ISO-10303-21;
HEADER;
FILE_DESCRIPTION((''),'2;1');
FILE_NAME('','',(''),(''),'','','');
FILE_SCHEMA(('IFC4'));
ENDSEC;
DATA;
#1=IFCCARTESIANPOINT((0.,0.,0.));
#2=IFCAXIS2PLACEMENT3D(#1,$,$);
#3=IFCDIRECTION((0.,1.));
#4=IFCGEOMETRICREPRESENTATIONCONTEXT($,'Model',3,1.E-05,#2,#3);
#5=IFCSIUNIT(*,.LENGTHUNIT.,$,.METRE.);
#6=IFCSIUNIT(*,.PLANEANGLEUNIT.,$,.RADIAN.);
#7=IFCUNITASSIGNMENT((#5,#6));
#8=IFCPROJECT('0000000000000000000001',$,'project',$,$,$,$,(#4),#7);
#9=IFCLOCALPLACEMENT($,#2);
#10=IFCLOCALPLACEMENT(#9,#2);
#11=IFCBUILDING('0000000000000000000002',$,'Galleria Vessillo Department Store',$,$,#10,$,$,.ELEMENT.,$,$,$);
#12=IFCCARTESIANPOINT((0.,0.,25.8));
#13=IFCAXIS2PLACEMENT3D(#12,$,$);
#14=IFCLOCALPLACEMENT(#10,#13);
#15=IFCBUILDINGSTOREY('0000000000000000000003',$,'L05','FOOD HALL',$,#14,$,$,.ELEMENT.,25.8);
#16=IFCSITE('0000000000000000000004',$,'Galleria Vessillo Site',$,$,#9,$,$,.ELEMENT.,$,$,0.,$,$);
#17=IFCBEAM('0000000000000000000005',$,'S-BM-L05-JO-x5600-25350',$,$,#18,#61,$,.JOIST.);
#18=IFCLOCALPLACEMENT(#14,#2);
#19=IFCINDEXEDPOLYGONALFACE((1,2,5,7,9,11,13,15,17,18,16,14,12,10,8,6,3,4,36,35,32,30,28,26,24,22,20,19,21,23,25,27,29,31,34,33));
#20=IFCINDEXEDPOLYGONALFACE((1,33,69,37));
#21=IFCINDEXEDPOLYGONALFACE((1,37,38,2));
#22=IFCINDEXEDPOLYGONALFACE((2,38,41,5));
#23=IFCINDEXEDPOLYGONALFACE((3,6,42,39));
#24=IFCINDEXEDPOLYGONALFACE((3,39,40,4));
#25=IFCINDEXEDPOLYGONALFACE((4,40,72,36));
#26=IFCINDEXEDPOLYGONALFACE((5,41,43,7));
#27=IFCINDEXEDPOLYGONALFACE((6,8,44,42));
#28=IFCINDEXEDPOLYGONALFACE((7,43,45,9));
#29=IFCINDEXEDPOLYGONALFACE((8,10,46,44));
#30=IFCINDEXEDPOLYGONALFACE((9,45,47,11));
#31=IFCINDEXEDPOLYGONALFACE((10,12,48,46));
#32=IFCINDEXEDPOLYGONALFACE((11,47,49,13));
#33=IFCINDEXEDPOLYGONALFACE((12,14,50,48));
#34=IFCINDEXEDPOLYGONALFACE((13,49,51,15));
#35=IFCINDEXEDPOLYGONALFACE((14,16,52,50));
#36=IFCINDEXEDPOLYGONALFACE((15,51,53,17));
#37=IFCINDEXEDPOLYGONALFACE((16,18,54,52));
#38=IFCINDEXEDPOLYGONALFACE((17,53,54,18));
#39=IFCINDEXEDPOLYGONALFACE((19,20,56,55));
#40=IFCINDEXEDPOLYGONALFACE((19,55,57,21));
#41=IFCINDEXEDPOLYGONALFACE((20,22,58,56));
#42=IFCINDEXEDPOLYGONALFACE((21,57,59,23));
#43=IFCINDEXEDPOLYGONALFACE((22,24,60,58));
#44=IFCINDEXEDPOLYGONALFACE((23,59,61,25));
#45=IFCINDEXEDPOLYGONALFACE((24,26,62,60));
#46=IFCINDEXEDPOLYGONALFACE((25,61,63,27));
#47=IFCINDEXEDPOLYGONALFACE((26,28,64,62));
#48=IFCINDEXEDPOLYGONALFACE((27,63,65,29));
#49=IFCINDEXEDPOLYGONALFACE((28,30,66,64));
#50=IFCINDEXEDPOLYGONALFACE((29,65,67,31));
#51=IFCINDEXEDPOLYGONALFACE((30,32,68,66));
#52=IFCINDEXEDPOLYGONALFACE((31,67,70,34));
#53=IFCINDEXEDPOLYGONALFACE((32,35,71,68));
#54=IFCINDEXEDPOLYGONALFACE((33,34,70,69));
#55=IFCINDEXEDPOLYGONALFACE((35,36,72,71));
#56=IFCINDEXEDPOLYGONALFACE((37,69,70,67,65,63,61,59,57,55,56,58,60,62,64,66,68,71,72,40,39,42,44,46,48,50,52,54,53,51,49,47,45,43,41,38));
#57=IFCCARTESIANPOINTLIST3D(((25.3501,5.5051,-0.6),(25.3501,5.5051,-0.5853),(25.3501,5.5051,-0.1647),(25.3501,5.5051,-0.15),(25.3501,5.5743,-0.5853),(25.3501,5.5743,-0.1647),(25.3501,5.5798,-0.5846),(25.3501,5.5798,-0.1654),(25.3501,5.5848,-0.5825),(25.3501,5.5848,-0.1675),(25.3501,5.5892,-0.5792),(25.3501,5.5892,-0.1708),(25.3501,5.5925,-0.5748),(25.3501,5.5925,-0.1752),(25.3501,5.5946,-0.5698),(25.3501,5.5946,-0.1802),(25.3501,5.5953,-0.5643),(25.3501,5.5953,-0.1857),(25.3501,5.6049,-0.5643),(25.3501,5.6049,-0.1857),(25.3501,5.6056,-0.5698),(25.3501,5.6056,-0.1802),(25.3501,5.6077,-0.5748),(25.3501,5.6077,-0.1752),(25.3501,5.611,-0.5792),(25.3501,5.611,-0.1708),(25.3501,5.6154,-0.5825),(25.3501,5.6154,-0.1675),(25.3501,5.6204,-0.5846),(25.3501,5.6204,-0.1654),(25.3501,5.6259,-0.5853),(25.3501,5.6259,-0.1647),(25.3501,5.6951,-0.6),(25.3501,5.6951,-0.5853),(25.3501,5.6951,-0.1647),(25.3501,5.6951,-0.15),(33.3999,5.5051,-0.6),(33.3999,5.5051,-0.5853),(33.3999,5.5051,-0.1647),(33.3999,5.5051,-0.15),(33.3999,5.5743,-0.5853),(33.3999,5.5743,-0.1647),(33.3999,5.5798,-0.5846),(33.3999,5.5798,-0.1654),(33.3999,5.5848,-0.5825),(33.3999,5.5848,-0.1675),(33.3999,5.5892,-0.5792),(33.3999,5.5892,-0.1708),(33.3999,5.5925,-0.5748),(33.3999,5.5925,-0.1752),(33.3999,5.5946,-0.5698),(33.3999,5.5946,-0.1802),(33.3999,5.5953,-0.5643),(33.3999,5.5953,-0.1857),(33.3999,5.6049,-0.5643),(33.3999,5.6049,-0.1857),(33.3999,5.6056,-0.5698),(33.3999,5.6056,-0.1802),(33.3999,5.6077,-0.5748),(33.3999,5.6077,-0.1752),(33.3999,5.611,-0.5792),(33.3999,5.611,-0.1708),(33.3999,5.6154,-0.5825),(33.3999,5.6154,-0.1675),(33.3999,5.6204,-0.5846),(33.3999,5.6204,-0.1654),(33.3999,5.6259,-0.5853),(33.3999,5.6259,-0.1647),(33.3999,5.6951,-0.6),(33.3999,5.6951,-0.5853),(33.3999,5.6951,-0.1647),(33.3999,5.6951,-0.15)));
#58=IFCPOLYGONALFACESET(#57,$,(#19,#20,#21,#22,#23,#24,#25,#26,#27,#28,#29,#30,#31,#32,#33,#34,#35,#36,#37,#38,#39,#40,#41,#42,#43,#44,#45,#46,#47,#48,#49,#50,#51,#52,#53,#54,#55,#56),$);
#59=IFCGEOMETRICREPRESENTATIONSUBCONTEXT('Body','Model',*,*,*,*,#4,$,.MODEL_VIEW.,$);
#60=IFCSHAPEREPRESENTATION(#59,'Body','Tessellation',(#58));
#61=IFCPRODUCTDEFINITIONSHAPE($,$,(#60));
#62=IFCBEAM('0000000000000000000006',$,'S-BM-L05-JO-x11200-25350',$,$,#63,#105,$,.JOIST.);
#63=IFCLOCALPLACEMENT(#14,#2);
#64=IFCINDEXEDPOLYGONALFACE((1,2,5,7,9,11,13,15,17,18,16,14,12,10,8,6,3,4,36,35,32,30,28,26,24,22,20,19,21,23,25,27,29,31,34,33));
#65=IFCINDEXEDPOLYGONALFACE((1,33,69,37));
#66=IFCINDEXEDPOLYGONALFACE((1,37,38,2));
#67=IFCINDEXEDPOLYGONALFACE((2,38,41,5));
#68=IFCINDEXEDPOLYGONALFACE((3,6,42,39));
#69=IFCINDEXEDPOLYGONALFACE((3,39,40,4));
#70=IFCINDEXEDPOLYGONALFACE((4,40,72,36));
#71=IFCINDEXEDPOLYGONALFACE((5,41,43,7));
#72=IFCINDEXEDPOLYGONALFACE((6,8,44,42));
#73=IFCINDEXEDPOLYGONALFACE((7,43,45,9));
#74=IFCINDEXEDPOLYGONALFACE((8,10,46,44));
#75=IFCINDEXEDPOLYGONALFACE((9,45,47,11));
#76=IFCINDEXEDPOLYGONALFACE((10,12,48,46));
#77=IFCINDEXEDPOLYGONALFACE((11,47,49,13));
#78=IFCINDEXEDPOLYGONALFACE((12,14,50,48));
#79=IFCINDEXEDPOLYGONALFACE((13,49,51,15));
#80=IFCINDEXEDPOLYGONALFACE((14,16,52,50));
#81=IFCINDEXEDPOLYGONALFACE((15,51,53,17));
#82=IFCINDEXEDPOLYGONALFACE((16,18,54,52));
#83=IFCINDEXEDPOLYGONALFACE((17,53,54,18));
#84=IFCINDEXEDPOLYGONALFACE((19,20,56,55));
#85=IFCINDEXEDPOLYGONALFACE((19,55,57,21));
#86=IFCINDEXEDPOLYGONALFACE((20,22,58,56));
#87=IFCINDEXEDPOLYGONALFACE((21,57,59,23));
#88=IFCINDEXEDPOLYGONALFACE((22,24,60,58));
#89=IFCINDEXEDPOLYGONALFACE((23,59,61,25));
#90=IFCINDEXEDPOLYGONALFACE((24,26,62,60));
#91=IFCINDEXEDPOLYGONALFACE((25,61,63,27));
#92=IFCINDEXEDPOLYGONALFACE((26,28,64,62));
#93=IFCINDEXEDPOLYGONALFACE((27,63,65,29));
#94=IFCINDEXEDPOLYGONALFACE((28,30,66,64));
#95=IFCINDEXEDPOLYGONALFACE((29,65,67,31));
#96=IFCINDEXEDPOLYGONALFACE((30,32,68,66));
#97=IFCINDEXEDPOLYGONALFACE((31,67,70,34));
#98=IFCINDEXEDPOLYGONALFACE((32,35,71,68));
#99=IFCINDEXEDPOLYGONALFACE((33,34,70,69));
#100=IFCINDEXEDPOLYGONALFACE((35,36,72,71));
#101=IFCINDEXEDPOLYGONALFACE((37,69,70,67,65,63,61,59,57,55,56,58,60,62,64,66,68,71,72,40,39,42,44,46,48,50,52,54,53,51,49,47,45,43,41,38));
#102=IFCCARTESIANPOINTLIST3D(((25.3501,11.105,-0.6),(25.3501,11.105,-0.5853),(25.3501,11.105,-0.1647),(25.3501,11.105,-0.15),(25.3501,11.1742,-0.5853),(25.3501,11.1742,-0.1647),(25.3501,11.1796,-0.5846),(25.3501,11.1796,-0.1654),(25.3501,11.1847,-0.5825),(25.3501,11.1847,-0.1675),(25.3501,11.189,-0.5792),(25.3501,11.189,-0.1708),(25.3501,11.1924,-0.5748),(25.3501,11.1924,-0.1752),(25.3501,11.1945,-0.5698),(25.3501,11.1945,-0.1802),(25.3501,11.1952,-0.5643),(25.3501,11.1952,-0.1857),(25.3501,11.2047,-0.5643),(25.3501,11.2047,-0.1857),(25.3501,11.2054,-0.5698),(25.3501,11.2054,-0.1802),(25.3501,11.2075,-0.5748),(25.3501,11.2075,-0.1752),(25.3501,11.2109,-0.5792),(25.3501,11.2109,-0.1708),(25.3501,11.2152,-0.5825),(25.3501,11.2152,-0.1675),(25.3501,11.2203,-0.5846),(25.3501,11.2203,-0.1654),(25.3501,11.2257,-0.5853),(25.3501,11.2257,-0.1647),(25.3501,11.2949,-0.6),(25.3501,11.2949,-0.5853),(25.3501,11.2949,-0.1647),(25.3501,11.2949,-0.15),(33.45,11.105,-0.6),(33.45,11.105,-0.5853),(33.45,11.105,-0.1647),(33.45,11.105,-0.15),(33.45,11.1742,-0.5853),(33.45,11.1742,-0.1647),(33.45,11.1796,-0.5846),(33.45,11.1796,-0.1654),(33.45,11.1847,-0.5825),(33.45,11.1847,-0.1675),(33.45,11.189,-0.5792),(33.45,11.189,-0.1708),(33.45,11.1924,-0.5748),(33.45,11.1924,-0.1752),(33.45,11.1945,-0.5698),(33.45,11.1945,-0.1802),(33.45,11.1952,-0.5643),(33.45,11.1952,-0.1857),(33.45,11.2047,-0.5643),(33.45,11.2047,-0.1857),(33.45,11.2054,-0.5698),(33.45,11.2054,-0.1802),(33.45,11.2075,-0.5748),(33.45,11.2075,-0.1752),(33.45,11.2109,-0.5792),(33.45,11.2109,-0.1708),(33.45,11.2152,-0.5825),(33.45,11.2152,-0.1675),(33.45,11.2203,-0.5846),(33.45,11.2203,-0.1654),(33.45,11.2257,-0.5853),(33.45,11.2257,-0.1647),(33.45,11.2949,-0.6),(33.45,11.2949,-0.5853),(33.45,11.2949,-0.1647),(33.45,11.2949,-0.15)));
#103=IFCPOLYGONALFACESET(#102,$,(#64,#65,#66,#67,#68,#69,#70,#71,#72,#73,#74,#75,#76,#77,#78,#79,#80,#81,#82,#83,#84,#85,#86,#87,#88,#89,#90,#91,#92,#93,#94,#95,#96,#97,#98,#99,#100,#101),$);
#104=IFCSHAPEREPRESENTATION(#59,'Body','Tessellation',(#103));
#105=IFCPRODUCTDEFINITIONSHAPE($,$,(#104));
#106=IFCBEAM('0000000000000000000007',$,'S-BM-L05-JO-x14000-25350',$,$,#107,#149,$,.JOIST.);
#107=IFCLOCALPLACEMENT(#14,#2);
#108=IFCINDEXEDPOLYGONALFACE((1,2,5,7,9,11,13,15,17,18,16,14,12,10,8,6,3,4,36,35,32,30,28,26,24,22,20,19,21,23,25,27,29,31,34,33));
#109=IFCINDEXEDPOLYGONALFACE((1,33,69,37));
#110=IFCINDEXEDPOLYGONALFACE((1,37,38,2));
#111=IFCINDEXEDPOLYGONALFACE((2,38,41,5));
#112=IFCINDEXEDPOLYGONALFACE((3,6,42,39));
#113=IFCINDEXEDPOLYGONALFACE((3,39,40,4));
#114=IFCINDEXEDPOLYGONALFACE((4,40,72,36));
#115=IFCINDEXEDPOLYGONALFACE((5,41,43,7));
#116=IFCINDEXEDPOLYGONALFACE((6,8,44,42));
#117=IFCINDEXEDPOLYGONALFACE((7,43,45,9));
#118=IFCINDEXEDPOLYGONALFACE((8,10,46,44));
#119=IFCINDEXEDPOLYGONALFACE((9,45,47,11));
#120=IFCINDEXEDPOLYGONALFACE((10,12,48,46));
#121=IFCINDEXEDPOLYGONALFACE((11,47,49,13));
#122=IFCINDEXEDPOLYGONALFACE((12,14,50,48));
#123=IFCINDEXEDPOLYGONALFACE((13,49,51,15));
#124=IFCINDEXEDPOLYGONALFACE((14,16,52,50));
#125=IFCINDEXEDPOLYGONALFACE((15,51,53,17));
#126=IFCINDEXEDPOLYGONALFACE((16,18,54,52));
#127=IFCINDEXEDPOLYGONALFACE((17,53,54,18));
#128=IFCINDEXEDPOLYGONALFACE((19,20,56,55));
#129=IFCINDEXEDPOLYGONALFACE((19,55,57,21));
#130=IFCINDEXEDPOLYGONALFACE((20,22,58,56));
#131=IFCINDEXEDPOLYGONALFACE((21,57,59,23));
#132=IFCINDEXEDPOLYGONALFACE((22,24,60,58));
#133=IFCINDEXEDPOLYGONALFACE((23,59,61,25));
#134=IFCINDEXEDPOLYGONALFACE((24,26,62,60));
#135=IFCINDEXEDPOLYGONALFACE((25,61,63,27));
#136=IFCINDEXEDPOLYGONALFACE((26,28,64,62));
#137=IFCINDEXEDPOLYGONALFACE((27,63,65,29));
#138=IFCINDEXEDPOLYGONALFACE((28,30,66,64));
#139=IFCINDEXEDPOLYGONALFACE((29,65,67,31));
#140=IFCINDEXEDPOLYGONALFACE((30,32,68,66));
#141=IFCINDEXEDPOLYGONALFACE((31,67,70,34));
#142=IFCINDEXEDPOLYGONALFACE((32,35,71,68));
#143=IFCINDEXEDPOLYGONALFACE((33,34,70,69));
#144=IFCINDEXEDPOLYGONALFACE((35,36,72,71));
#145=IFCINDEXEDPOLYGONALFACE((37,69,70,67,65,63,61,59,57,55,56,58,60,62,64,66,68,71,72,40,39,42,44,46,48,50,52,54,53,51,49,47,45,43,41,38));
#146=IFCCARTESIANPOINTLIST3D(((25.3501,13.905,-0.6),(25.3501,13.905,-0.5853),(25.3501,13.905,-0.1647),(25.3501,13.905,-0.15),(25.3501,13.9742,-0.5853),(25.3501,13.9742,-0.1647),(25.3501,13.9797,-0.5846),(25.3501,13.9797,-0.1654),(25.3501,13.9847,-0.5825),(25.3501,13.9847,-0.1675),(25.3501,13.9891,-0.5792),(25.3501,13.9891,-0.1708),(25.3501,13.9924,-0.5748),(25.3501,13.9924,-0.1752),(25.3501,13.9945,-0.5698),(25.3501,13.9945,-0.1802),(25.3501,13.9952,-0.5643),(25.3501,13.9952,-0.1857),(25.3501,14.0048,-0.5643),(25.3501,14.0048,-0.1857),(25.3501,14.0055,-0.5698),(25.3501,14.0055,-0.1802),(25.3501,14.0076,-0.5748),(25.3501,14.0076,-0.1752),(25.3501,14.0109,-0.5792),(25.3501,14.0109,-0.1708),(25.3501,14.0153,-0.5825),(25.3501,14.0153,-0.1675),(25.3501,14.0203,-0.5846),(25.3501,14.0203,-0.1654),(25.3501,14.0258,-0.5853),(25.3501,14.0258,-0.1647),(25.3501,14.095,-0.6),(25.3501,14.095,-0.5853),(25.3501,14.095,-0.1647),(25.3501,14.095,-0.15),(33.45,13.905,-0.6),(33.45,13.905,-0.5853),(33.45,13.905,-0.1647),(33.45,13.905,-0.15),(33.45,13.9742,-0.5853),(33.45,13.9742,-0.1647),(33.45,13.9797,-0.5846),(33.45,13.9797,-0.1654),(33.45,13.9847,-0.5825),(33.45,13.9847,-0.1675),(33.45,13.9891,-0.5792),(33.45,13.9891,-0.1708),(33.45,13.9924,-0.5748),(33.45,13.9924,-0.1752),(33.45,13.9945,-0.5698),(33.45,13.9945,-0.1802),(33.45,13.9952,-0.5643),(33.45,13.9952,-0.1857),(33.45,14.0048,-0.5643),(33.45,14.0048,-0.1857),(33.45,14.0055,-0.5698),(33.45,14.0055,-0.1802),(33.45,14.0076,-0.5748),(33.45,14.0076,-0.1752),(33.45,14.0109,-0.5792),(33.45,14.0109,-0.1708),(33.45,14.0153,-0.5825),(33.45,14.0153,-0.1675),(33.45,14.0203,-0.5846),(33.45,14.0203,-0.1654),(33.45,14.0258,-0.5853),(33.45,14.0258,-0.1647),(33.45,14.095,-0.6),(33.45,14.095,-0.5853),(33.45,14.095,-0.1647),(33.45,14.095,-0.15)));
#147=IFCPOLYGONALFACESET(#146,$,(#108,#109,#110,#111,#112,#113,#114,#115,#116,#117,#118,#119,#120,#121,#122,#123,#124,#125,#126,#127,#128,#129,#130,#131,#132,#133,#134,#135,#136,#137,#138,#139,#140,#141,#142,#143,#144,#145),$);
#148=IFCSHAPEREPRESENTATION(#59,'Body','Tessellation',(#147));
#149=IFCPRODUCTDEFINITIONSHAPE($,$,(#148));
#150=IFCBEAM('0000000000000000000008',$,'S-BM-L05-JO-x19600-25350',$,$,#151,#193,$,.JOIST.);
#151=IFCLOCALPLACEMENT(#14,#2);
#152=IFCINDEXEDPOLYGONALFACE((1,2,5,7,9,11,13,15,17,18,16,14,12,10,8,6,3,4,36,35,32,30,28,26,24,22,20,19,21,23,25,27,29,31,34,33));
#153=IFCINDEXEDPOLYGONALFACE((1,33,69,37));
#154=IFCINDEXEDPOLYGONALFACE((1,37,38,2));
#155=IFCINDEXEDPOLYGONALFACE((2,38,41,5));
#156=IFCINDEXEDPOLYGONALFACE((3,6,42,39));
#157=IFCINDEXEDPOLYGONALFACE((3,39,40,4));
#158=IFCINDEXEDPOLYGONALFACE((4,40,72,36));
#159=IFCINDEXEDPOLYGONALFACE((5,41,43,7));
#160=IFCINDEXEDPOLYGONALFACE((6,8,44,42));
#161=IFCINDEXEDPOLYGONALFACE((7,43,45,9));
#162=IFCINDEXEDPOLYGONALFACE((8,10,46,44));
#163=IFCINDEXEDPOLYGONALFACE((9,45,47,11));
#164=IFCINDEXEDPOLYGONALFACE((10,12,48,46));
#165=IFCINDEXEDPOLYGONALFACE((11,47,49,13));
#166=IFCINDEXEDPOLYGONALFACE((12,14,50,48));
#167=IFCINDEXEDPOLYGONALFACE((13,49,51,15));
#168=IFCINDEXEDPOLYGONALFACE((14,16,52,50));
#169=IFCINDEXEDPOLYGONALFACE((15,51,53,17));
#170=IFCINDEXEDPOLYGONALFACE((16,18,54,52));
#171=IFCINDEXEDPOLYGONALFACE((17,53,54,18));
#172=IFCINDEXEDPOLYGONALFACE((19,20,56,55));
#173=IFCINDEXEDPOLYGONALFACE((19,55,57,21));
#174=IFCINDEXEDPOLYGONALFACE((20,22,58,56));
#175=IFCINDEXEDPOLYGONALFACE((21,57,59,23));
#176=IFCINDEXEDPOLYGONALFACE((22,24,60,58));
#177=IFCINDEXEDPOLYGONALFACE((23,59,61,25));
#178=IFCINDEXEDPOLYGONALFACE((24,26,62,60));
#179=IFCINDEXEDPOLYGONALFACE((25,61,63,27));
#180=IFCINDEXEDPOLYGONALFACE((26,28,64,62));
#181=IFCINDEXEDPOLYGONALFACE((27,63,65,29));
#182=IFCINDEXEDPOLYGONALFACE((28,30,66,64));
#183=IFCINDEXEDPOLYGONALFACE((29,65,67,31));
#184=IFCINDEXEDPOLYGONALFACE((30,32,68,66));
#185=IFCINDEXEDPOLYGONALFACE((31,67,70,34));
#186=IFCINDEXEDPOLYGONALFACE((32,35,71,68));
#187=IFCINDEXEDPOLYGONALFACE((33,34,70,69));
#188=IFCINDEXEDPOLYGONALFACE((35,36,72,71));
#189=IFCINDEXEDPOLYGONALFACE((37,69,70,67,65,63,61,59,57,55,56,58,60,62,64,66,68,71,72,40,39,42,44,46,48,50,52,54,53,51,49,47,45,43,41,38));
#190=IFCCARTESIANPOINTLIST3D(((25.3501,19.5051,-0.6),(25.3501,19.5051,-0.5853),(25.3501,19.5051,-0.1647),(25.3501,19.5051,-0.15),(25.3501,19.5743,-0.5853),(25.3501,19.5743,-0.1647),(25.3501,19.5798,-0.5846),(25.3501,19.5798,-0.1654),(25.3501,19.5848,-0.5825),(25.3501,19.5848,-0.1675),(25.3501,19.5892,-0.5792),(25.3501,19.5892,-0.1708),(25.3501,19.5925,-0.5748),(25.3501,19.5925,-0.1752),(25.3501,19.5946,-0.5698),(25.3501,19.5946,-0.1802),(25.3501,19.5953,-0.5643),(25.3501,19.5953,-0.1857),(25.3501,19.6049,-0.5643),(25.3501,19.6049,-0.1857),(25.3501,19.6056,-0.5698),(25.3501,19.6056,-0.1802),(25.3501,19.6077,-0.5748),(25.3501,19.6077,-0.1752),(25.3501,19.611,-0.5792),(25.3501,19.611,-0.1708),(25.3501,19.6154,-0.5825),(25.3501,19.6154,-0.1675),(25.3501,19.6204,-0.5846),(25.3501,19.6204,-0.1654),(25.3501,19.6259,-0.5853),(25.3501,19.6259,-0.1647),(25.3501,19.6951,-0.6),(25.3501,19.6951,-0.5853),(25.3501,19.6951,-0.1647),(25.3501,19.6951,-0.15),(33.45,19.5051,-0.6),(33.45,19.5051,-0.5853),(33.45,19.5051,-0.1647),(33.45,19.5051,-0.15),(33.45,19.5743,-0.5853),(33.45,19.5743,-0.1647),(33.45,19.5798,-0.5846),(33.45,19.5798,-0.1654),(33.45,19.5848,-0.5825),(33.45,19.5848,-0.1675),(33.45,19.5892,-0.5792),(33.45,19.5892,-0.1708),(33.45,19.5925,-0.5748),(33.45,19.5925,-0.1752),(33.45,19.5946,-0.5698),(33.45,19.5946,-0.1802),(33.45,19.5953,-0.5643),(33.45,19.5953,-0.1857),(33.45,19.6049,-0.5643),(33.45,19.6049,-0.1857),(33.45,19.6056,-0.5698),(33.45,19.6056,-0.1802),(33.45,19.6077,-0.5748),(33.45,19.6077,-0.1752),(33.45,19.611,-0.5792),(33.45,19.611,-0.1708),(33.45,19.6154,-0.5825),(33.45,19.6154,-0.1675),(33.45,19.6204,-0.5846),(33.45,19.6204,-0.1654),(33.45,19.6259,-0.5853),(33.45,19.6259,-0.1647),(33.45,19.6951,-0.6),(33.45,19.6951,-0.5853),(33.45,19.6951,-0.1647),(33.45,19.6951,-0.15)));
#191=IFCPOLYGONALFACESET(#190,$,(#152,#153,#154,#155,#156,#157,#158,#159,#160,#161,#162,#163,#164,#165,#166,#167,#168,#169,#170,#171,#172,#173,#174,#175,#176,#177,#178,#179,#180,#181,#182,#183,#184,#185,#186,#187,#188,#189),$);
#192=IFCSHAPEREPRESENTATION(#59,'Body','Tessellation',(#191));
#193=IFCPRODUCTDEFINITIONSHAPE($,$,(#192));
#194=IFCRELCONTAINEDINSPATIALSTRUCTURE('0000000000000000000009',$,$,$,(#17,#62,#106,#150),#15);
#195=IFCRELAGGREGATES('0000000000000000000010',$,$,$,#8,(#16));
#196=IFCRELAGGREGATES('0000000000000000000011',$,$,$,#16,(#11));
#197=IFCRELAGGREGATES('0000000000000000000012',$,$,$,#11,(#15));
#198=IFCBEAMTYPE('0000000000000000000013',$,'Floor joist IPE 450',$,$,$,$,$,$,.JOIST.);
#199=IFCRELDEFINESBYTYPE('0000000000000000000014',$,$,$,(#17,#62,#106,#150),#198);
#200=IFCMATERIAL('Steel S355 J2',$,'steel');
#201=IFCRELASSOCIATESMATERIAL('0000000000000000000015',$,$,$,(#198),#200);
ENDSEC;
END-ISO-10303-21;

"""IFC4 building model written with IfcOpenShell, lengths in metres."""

from ifc_helpers import new_model, si_unit, direction, frame, origin, origin_2d, place, context, subcontext, project, spatial, i_section, extrude, material, material_profile, profile_set, type_object, element, save


model = new_model("IFC4")

# Units and contexts
model_context = context("Model", 3, precision=1e-05, world=origin(), true_north=direction((0.0, 1.0)))
body_context = subcontext(model_context, "Body", "Model", "MODEL_VIEW")
ifc_project = project(units=[si_unit("LENGTHUNIT", "METRE"), si_unit("PLANEANGLEUNIT", "RADIAN")], contexts=[model_context])

# Site, building, storey
site_placement = place(None, origin())
site = spatial("IfcSite", under=ifc_project, at=site_placement, Name="Galleria Vessillo Site", CompositionType="ELEMENT", RefElevation=0.0)
building_placement = place(site_placement, origin())
building = spatial("IfcBuilding", under=site, at=building_placement, Name="Galleria Vessillo Department Store", CompositionType="ELEMENT")
storey_placement = place(building_placement, frame((0.0, 0.0, 25.8)))
storey = spatial("IfcBuildingStorey", under=building, at=storey_placement, Name="L05", Description="FOOD HALL", CompositionType="ELEMENT", Elevation=25.8)

# Beams
ifc_material_1 = material(Name="Steel S355 J2", Category="steel")
ifc_material_profile_1 = material_profile(ifc_material_1, i_section(OverallWidth=0.1899, OverallDepth=0.45, WebThickness=0.0095, FlangeThickness=0.0146, FilletRadius=0.021, at=origin_2d()), Name="IPE 450")
ifc_profile_set_1 = profile_set([ifc_material_profile_1], Name="Steel S355 J2")
beam_type_1 = type_object("IfcBeamType", Name="Floor joist IPE 450", PredefinedType="JOIST", material=ifc_profile_set_1)
for number, where, z_axis, x_axis, name in (
    (1, (25.3501, 5.6001, -0.375), (1.0, 0.0, 0.0), (0.0, 1.0, 0.0), "S-BM-L05-JO-x5600-25350"),
):
    element("IfcBeam", number, at=place(storey_placement, frame(where, z_axis=z_axis, x_axis=x_axis)), inside=storey, type_object=beam_type_1, Name=name, PredefinedType="JOIST", context=body_context, shape_type="SweptSolid", body=[
        extrude(i_section(OverallWidth=0.1899, OverallDepth=0.45, WebThickness=0.0095, FlangeThickness=0.0146, FilletRadius=0.021, at=origin_2d()), origin(), (0.0, 0.0, 1.0), 8.0498),
    ])
for number, where, z_axis, x_axis, name in (
    (2, (25.3501, 11.2, -0.375), (1.0, 0.0, 0.0), (0.0, 1.0, 0.0), "S-BM-L05-JO-x11200-25350"),
    (3, (25.3501, 14.0, -0.375), (1.0, 0.0, 0.0), (0.0, 1.0, 0.0), "S-BM-L05-JO-x14000-25350"),
    (4, (25.3501, 19.6001, -0.375), (1.0, 0.0, 0.0), (0.0, 1.0, 0.0), "S-BM-L05-JO-x19600-25350"),
):
    element("IfcBeam", number, at=place(storey_placement, frame(where, z_axis=z_axis, x_axis=x_axis)), inside=storey, type_object=beam_type_1, Name=name, PredefinedType="JOIST", context=body_context, shape_type="SweptSolid", body=[
        extrude(i_section(OverallWidth=0.1899, OverallDepth=0.45, WebThickness=0.0095, FlangeThickness=0.0146, FilletRadius=0.021, at=origin_2d()), origin(), (0.0, 0.0, 1.0), 8.0999),
    ])

save(model, "model.ifc")
